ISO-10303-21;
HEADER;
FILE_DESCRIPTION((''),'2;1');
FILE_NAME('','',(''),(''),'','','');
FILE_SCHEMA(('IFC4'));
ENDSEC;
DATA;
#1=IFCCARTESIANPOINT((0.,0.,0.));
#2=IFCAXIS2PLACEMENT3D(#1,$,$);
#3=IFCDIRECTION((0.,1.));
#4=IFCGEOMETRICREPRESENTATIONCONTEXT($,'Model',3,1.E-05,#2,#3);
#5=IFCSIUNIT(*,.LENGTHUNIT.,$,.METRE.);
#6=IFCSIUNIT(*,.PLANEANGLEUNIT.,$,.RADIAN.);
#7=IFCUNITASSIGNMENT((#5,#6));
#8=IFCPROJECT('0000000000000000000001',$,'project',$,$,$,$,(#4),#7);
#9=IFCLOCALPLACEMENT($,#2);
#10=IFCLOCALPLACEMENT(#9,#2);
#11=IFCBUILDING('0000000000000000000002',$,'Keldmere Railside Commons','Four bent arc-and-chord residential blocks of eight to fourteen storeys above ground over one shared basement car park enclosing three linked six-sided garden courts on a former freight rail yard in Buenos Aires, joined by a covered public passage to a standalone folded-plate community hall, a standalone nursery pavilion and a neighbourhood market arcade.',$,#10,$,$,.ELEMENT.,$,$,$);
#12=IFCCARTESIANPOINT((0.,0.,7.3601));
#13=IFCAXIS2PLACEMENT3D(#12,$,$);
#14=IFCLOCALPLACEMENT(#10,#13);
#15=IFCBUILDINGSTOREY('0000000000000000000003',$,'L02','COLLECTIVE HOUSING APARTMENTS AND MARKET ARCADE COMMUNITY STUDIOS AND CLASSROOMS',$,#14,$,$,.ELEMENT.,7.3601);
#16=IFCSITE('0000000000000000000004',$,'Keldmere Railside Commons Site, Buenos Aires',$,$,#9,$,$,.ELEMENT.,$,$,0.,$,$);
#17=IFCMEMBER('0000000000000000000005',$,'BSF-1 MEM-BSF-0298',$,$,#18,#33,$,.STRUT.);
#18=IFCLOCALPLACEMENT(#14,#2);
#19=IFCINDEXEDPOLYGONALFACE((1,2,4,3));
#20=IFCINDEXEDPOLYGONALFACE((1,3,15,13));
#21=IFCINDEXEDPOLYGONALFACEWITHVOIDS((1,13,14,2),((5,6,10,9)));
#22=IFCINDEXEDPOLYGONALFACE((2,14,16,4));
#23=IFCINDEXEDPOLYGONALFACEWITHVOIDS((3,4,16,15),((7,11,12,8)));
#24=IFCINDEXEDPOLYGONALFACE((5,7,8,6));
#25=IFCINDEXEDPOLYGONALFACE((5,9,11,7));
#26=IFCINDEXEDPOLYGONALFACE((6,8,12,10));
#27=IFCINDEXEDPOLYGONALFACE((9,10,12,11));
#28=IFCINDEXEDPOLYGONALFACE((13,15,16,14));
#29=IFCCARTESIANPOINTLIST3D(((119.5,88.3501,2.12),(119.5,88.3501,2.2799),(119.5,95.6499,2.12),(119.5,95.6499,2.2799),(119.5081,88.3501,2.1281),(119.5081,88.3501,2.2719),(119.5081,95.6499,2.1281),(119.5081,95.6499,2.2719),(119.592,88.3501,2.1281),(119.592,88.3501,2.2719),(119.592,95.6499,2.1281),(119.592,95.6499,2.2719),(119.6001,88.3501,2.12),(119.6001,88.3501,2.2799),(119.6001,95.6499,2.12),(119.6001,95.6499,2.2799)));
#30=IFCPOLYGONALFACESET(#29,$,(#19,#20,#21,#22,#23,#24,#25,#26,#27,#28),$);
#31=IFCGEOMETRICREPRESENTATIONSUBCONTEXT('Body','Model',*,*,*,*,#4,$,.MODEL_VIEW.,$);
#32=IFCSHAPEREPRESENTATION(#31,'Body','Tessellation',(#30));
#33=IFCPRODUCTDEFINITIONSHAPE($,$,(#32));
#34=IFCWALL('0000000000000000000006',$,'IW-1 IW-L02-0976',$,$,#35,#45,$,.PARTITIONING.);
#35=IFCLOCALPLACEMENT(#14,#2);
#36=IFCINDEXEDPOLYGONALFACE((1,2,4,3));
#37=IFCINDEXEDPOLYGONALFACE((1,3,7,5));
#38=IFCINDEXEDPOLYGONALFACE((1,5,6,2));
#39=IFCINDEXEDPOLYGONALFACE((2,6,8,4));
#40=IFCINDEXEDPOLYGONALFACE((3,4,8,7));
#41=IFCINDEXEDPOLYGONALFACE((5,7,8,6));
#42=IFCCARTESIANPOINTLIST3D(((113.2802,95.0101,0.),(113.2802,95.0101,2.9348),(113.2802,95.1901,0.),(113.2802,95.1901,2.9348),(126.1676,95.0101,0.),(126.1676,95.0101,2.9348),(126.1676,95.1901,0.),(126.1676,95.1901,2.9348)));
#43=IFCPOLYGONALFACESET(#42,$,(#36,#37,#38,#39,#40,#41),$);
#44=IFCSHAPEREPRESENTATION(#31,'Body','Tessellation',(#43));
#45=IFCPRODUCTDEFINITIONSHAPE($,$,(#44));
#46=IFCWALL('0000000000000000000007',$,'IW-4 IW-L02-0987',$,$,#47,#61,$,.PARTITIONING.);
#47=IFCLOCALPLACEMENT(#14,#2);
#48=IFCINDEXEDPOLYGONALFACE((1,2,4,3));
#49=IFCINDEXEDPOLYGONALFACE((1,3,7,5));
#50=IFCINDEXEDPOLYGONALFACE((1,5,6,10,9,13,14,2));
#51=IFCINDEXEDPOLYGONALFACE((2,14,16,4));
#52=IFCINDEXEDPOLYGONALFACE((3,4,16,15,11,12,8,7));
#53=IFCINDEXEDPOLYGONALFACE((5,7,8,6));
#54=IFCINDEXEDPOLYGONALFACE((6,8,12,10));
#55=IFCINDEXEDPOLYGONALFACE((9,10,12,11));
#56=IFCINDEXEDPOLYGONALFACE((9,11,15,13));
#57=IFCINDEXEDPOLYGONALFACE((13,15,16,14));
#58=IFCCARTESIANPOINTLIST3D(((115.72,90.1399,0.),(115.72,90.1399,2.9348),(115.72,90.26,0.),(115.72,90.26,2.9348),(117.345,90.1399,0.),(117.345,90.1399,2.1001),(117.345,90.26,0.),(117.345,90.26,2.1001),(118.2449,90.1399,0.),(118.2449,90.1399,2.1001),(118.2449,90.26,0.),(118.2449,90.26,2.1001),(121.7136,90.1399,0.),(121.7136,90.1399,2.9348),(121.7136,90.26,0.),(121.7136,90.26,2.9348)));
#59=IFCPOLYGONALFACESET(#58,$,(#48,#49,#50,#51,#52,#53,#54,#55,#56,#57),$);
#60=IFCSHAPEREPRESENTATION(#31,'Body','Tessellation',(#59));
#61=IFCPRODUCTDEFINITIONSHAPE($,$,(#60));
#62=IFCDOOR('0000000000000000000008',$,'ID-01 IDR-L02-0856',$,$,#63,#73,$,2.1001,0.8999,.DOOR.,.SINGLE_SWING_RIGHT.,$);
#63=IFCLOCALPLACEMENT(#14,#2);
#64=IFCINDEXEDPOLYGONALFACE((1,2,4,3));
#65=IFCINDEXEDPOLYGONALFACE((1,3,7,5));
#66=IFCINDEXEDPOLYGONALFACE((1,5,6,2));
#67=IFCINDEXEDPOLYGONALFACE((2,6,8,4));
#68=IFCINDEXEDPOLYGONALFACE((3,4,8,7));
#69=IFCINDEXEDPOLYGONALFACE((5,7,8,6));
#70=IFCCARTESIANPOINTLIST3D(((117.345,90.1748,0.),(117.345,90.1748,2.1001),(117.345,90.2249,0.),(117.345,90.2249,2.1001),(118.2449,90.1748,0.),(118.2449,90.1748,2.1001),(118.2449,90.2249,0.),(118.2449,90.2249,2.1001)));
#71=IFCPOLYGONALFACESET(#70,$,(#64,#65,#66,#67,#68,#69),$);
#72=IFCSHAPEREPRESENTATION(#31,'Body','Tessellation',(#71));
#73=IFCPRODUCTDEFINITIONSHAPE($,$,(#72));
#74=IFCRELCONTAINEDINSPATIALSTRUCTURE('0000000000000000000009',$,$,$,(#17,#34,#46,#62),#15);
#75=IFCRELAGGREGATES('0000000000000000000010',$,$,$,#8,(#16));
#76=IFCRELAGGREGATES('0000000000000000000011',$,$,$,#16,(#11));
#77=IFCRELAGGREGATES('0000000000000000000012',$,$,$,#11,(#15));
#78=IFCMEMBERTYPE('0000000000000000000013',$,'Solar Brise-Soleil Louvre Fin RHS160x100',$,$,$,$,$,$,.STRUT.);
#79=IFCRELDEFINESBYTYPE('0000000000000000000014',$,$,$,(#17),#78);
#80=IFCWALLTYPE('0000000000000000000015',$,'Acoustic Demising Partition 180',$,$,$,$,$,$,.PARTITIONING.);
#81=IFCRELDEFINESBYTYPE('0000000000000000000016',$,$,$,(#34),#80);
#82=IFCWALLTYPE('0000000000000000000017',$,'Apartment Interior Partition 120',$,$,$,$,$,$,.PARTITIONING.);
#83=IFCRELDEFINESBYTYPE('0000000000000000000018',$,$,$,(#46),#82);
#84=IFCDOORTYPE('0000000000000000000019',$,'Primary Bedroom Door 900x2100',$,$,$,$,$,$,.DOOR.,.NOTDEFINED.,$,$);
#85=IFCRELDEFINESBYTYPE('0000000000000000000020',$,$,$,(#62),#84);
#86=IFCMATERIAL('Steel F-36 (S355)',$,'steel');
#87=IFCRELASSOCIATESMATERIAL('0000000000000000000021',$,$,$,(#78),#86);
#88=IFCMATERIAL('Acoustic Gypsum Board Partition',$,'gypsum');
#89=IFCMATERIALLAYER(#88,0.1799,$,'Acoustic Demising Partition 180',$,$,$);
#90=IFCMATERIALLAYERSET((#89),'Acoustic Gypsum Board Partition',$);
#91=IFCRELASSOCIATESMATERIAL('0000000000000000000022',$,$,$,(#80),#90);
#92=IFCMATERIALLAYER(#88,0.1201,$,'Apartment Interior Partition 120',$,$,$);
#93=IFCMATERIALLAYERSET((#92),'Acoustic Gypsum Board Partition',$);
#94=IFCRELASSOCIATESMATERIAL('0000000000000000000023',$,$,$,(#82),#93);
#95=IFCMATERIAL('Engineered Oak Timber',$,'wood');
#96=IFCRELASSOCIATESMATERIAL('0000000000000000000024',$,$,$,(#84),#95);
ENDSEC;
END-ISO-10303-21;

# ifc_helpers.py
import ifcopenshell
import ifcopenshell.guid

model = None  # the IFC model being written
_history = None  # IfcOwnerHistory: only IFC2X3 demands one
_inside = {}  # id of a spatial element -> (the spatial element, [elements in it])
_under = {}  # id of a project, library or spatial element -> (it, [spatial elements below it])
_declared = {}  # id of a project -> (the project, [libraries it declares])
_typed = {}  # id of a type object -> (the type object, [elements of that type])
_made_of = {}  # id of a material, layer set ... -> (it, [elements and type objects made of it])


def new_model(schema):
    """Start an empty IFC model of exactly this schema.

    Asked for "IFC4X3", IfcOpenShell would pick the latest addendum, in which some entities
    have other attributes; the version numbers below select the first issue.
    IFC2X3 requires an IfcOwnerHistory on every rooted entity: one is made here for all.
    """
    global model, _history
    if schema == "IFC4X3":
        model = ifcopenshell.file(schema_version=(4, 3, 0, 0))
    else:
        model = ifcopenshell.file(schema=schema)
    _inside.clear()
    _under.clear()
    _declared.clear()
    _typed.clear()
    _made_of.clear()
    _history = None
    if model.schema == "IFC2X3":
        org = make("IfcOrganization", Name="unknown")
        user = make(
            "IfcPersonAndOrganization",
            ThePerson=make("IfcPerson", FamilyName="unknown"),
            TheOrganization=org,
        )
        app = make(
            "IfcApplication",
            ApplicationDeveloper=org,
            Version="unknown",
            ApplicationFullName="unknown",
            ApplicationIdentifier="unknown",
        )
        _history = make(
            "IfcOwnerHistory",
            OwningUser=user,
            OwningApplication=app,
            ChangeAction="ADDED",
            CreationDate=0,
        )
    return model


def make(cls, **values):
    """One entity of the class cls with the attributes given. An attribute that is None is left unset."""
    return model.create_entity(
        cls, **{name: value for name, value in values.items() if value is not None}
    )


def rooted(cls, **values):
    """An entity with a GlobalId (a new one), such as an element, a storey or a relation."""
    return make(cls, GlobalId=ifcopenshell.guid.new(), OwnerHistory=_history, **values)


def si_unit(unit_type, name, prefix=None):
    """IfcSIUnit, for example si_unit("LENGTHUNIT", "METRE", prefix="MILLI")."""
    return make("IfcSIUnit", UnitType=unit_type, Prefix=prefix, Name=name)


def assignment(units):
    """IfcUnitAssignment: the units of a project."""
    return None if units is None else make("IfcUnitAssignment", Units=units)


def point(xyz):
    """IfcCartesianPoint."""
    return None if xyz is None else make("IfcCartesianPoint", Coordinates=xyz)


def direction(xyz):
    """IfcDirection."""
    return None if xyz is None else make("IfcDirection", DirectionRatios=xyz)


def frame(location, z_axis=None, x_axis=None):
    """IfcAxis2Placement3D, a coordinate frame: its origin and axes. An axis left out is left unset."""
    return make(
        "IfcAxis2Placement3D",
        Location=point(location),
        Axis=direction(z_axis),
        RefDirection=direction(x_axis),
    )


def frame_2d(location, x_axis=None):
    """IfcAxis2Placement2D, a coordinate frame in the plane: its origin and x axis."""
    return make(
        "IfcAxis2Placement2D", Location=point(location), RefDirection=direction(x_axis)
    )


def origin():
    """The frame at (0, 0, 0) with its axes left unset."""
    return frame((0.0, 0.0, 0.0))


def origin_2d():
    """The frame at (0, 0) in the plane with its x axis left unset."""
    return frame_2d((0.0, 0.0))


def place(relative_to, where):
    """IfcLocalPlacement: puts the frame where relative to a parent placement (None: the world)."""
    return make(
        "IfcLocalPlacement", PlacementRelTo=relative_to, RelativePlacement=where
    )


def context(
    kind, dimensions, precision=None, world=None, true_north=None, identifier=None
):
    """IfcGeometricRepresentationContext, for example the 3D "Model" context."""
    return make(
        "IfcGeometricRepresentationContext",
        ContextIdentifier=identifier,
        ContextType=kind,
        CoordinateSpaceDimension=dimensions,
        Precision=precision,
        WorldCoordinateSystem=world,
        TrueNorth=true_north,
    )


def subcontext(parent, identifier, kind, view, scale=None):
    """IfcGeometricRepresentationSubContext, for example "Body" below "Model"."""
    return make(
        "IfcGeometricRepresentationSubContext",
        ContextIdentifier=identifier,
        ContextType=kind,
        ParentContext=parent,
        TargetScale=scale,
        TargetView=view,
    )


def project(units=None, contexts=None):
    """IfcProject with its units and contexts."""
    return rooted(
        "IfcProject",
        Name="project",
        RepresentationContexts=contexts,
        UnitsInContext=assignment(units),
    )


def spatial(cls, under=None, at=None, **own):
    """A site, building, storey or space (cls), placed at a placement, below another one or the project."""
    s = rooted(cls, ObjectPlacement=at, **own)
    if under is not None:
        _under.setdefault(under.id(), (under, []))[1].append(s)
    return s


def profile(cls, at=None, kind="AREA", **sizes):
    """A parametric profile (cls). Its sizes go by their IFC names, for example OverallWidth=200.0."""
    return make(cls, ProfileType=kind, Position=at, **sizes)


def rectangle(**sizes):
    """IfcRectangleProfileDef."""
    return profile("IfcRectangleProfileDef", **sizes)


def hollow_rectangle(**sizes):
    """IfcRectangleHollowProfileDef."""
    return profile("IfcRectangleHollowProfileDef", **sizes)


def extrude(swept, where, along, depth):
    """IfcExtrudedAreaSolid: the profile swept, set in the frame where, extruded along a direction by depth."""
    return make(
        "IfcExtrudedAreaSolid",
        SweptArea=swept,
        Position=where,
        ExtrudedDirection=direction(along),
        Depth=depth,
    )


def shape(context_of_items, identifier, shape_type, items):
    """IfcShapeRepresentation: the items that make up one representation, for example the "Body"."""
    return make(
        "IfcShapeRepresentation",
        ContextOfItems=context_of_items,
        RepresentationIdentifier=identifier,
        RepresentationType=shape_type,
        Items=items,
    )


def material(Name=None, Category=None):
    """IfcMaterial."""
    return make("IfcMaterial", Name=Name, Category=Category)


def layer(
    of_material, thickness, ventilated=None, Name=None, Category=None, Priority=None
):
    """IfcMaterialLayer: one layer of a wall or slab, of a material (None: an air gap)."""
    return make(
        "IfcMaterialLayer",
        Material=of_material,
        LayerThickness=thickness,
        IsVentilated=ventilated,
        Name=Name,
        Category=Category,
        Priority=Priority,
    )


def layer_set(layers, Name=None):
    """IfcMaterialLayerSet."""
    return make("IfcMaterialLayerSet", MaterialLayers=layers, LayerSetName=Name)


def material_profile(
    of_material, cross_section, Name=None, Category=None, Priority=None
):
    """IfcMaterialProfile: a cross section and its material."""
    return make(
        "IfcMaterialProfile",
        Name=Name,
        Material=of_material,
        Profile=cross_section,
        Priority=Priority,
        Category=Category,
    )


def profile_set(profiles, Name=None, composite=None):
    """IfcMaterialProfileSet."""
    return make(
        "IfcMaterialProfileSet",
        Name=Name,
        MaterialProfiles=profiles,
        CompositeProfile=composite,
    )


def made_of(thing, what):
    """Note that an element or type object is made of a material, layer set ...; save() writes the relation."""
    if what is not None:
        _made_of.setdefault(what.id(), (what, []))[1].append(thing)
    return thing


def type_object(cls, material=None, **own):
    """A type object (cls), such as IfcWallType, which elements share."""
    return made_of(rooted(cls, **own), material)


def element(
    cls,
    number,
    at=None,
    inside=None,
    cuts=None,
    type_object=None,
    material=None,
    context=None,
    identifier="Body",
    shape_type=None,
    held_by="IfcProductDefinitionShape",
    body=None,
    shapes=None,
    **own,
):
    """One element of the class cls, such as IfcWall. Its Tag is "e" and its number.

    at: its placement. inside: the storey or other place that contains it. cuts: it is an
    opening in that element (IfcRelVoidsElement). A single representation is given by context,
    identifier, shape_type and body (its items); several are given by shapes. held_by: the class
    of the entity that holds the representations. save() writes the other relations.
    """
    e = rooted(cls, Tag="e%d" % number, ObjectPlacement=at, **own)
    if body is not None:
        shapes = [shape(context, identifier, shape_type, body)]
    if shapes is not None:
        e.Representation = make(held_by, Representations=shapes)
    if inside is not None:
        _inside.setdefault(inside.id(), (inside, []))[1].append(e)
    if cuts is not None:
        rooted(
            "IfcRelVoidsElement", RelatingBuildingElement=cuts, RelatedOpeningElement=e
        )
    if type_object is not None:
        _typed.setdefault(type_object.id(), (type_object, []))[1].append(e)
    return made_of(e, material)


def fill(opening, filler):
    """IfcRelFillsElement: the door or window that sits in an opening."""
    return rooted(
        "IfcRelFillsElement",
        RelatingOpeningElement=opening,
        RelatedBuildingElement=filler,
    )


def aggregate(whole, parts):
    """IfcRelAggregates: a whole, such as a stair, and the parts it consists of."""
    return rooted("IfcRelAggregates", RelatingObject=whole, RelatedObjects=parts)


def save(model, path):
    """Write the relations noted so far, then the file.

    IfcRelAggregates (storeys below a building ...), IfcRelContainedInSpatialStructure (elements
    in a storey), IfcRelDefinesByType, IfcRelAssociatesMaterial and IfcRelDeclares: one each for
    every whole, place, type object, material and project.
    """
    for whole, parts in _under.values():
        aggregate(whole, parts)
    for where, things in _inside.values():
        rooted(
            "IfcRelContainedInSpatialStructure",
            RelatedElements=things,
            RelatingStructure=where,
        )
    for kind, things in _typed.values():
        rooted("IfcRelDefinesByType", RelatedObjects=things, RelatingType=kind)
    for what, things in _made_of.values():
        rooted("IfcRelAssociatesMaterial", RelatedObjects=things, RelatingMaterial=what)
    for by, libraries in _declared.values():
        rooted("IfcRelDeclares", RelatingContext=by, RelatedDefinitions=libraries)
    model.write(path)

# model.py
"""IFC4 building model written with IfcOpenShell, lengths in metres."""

from ifc_helpers import new_model, si_unit, direction, frame, frame_2d, origin, origin_2d, place, context, subcontext, project, spatial, rectangle, hollow_rectangle, extrude, material, layer, layer_set, material_profile, profile_set, type_object, element, fill, save


model = new_model("IFC4")

# Units and contexts
model_context = context("Model", 3, precision=1e-05, world=origin(), true_north=direction((0.0, 1.0)))
body_context = subcontext(model_context, "Body", "Model", "MODEL_VIEW")
ifc_project = project(units=[si_unit("LENGTHUNIT", "METRE"), si_unit("PLANEANGLEUNIT", "RADIAN")], contexts=[model_context])

# Site, building, storey
site_placement = place(None, origin())
site = spatial("IfcSite", under=ifc_project, at=site_placement, Name="Keldmere Railside Commons Site, Buenos Aires", CompositionType="ELEMENT", RefElevation=0.0)
building_placement = place(site_placement, origin())
building = spatial("IfcBuilding", under=site, at=building_placement, Name="Keldmere Railside Commons", Description="Four bent arc-and-chord residential blocks of eight to fourteen storeys above ground over one shared basement car park enclosing three linked six-sided garden courts on a former freight rail yard in Buenos Aires, joined by a covered public passage to a standalone folded-plate community hall, a standalone nursery pavilion and a neighbourhood market arcade.", CompositionType="ELEMENT")
storey_placement = place(building_placement, frame((0.0, 0.0, 7.3601)))
storey = spatial("IfcBuildingStorey", under=building, at=storey_placement, Name="L02", Description="COLLECTIVE HOUSING APARTMENTS AND MARKET ARCADE COMMUNITY STUDIOS AND CLASSROOMS", CompositionType="ELEMENT", Elevation=7.3601)

# Shared definitions
ifc_material_1 = material(Name="Steel F-36 (S355)", Category="steel")

# Member
ifc_material_profile_1 = material_profile(ifc_material_1, hollow_rectangle(XDim=0.1001, YDim=0.1599, WallThickness=0.0081, at=origin_2d()), Name="RHS-160x100x8")
ifc_profile_set_1 = profile_set([ifc_material_profile_1], Name="Steel F-36 (S355)")
member_type_1 = type_object("IfcMemberType", Name="Solar Brise-Soleil Louvre Fin RHS160x100", PredefinedType="STRUT", material=ifc_profile_set_1)
for number, where, z_axis, x_axis, name in (
    (1, (119.55, 88.3501, 2.2), (0.0, 1.0, 0.0), (-1.0, 0.0, 0.0), "BSF-1 MEM-BSF-0298"),
):
    element("IfcMember", number, at=place(storey_placement, frame(where, z_axis=z_axis, x_axis=x_axis)), inside=storey, type_object=member_type_1, Name=name, PredefinedType="STRUT", context=body_context, shape_type="SweptSolid", body=[
        extrude(hollow_rectangle(XDim=0.1001, YDim=0.1599, WallThickness=0.0081, at=origin_2d()), origin(), (0.0, 0.0, 1.0), 7.2998),
    ])

# Wall
ifc_material_2 = material(Name="Acoustic Gypsum Board Partition", Category="gypsum")
ifc_layer_1 = layer(ifc_material_2, 0.1799, Name="Acoustic Demising Partition 180")
ifc_layer_set_1 = layer_set([ifc_layer_1], Name="Acoustic Gypsum Board Partition")
wall_type_1 = type_object("IfcWallType", Name="Acoustic Demising Partition 180", PredefinedType="PARTITIONING", material=ifc_layer_set_1)
wall_1_placement = place(storey_placement, frame((113.28, 95.1001, 0.0), z_axis=(0.0, 0.0, 1.0), x_axis=(1.0, 0.0, 0.0)))
element("IfcWall", 2, at=wall_1_placement, inside=storey, type_object=wall_type_1, Name="IW-1 IW-L02-0976", PredefinedType="PARTITIONING", context=body_context, shape_type="SweptSolid", body=[
    extrude(rectangle(XDim=12.8875, YDim=0.1799, at=frame_2d((6.4438, 0.0))), origin(), (0.0, 0.0, 1.0), 2.9348),
])

# Wall, opening, door
ifc_layer_2 = layer(ifc_material_2, 0.1201, Name="Apartment Interior Partition 120")
ifc_layer_set_2 = layer_set([ifc_layer_2], Name="Acoustic Gypsum Board Partition")
wall_type_2 = type_object("IfcWallType", Name="Apartment Interior Partition 120", PredefinedType="PARTITIONING", material=ifc_layer_set_2)
wall_2_placement = place(storey_placement, frame((115.72, 90.2, 0.0), z_axis=(0.0, 0.0, 1.0), x_axis=(1.0, 0.0, 0.0)))
wall_2 = element("IfcWall", 3, at=wall_2_placement, inside=storey, type_object=wall_type_2, Name="IW-4 IW-L02-0987", PredefinedType="PARTITIONING", context=body_context, shape_type="SweptSolid", body=[
    extrude(rectangle(XDim=5.9937, YDim=0.1201, at=frame_2d((2.9968, 0.0))), origin(), (0.0, 0.0, 1.0), 2.9348),
])
opening_1_placement = place(wall_2_placement, frame((1.625, 0.0, 0.0)))
opening_1 = element("IfcOpeningElement", 4, at=opening_1_placement, cuts=wall_2, PredefinedType="OPENING", context=body_context, shape_type="SweptSolid", body=[
    extrude(rectangle(XDim=0.8999, YDim=2.1001, at=frame_2d((0.45, 1.05))), frame((0.0, 0.0701, 0.0), z_axis=(0.0, -1.0, 0.0), x_axis=(1.0, 0.0, 0.0)), (0.0, 0.0, 1.0), 0.1401),
])
ifc_material_3 = material(Name="Engineered Oak Timber", Category="wood")
door_type_1 = type_object("IfcDoorType", Name="Primary Bedroom Door 900x2100", OperationType="NOTDEFINED", PredefinedType="DOOR", material=ifc_material_3)
door_1_placement = place(opening_1_placement, origin())
door_1 = element("IfcDoor", 5, at=door_1_placement, inside=storey, type_object=door_type_1, Name="ID-01 IDR-L02-0856", OperationType="SINGLE_SWING_RIGHT", OverallHeight=2.1001, OverallWidth=0.8999, PredefinedType="DOOR", context=body_context, shape_type="SweptSolid", body=[
    extrude(rectangle(XDim=0.8999, YDim=2.1001, at=frame_2d((0.45, 1.05))), frame((0.0, 0.0249, 0.0), z_axis=(0.0, -1.0, 0.0), x_axis=(1.0, 0.0, 0.0)), (0.0, 0.0, 1.0), 0.05),
])
fill(opening_1, door_1)

save(model, "model.ifc")
